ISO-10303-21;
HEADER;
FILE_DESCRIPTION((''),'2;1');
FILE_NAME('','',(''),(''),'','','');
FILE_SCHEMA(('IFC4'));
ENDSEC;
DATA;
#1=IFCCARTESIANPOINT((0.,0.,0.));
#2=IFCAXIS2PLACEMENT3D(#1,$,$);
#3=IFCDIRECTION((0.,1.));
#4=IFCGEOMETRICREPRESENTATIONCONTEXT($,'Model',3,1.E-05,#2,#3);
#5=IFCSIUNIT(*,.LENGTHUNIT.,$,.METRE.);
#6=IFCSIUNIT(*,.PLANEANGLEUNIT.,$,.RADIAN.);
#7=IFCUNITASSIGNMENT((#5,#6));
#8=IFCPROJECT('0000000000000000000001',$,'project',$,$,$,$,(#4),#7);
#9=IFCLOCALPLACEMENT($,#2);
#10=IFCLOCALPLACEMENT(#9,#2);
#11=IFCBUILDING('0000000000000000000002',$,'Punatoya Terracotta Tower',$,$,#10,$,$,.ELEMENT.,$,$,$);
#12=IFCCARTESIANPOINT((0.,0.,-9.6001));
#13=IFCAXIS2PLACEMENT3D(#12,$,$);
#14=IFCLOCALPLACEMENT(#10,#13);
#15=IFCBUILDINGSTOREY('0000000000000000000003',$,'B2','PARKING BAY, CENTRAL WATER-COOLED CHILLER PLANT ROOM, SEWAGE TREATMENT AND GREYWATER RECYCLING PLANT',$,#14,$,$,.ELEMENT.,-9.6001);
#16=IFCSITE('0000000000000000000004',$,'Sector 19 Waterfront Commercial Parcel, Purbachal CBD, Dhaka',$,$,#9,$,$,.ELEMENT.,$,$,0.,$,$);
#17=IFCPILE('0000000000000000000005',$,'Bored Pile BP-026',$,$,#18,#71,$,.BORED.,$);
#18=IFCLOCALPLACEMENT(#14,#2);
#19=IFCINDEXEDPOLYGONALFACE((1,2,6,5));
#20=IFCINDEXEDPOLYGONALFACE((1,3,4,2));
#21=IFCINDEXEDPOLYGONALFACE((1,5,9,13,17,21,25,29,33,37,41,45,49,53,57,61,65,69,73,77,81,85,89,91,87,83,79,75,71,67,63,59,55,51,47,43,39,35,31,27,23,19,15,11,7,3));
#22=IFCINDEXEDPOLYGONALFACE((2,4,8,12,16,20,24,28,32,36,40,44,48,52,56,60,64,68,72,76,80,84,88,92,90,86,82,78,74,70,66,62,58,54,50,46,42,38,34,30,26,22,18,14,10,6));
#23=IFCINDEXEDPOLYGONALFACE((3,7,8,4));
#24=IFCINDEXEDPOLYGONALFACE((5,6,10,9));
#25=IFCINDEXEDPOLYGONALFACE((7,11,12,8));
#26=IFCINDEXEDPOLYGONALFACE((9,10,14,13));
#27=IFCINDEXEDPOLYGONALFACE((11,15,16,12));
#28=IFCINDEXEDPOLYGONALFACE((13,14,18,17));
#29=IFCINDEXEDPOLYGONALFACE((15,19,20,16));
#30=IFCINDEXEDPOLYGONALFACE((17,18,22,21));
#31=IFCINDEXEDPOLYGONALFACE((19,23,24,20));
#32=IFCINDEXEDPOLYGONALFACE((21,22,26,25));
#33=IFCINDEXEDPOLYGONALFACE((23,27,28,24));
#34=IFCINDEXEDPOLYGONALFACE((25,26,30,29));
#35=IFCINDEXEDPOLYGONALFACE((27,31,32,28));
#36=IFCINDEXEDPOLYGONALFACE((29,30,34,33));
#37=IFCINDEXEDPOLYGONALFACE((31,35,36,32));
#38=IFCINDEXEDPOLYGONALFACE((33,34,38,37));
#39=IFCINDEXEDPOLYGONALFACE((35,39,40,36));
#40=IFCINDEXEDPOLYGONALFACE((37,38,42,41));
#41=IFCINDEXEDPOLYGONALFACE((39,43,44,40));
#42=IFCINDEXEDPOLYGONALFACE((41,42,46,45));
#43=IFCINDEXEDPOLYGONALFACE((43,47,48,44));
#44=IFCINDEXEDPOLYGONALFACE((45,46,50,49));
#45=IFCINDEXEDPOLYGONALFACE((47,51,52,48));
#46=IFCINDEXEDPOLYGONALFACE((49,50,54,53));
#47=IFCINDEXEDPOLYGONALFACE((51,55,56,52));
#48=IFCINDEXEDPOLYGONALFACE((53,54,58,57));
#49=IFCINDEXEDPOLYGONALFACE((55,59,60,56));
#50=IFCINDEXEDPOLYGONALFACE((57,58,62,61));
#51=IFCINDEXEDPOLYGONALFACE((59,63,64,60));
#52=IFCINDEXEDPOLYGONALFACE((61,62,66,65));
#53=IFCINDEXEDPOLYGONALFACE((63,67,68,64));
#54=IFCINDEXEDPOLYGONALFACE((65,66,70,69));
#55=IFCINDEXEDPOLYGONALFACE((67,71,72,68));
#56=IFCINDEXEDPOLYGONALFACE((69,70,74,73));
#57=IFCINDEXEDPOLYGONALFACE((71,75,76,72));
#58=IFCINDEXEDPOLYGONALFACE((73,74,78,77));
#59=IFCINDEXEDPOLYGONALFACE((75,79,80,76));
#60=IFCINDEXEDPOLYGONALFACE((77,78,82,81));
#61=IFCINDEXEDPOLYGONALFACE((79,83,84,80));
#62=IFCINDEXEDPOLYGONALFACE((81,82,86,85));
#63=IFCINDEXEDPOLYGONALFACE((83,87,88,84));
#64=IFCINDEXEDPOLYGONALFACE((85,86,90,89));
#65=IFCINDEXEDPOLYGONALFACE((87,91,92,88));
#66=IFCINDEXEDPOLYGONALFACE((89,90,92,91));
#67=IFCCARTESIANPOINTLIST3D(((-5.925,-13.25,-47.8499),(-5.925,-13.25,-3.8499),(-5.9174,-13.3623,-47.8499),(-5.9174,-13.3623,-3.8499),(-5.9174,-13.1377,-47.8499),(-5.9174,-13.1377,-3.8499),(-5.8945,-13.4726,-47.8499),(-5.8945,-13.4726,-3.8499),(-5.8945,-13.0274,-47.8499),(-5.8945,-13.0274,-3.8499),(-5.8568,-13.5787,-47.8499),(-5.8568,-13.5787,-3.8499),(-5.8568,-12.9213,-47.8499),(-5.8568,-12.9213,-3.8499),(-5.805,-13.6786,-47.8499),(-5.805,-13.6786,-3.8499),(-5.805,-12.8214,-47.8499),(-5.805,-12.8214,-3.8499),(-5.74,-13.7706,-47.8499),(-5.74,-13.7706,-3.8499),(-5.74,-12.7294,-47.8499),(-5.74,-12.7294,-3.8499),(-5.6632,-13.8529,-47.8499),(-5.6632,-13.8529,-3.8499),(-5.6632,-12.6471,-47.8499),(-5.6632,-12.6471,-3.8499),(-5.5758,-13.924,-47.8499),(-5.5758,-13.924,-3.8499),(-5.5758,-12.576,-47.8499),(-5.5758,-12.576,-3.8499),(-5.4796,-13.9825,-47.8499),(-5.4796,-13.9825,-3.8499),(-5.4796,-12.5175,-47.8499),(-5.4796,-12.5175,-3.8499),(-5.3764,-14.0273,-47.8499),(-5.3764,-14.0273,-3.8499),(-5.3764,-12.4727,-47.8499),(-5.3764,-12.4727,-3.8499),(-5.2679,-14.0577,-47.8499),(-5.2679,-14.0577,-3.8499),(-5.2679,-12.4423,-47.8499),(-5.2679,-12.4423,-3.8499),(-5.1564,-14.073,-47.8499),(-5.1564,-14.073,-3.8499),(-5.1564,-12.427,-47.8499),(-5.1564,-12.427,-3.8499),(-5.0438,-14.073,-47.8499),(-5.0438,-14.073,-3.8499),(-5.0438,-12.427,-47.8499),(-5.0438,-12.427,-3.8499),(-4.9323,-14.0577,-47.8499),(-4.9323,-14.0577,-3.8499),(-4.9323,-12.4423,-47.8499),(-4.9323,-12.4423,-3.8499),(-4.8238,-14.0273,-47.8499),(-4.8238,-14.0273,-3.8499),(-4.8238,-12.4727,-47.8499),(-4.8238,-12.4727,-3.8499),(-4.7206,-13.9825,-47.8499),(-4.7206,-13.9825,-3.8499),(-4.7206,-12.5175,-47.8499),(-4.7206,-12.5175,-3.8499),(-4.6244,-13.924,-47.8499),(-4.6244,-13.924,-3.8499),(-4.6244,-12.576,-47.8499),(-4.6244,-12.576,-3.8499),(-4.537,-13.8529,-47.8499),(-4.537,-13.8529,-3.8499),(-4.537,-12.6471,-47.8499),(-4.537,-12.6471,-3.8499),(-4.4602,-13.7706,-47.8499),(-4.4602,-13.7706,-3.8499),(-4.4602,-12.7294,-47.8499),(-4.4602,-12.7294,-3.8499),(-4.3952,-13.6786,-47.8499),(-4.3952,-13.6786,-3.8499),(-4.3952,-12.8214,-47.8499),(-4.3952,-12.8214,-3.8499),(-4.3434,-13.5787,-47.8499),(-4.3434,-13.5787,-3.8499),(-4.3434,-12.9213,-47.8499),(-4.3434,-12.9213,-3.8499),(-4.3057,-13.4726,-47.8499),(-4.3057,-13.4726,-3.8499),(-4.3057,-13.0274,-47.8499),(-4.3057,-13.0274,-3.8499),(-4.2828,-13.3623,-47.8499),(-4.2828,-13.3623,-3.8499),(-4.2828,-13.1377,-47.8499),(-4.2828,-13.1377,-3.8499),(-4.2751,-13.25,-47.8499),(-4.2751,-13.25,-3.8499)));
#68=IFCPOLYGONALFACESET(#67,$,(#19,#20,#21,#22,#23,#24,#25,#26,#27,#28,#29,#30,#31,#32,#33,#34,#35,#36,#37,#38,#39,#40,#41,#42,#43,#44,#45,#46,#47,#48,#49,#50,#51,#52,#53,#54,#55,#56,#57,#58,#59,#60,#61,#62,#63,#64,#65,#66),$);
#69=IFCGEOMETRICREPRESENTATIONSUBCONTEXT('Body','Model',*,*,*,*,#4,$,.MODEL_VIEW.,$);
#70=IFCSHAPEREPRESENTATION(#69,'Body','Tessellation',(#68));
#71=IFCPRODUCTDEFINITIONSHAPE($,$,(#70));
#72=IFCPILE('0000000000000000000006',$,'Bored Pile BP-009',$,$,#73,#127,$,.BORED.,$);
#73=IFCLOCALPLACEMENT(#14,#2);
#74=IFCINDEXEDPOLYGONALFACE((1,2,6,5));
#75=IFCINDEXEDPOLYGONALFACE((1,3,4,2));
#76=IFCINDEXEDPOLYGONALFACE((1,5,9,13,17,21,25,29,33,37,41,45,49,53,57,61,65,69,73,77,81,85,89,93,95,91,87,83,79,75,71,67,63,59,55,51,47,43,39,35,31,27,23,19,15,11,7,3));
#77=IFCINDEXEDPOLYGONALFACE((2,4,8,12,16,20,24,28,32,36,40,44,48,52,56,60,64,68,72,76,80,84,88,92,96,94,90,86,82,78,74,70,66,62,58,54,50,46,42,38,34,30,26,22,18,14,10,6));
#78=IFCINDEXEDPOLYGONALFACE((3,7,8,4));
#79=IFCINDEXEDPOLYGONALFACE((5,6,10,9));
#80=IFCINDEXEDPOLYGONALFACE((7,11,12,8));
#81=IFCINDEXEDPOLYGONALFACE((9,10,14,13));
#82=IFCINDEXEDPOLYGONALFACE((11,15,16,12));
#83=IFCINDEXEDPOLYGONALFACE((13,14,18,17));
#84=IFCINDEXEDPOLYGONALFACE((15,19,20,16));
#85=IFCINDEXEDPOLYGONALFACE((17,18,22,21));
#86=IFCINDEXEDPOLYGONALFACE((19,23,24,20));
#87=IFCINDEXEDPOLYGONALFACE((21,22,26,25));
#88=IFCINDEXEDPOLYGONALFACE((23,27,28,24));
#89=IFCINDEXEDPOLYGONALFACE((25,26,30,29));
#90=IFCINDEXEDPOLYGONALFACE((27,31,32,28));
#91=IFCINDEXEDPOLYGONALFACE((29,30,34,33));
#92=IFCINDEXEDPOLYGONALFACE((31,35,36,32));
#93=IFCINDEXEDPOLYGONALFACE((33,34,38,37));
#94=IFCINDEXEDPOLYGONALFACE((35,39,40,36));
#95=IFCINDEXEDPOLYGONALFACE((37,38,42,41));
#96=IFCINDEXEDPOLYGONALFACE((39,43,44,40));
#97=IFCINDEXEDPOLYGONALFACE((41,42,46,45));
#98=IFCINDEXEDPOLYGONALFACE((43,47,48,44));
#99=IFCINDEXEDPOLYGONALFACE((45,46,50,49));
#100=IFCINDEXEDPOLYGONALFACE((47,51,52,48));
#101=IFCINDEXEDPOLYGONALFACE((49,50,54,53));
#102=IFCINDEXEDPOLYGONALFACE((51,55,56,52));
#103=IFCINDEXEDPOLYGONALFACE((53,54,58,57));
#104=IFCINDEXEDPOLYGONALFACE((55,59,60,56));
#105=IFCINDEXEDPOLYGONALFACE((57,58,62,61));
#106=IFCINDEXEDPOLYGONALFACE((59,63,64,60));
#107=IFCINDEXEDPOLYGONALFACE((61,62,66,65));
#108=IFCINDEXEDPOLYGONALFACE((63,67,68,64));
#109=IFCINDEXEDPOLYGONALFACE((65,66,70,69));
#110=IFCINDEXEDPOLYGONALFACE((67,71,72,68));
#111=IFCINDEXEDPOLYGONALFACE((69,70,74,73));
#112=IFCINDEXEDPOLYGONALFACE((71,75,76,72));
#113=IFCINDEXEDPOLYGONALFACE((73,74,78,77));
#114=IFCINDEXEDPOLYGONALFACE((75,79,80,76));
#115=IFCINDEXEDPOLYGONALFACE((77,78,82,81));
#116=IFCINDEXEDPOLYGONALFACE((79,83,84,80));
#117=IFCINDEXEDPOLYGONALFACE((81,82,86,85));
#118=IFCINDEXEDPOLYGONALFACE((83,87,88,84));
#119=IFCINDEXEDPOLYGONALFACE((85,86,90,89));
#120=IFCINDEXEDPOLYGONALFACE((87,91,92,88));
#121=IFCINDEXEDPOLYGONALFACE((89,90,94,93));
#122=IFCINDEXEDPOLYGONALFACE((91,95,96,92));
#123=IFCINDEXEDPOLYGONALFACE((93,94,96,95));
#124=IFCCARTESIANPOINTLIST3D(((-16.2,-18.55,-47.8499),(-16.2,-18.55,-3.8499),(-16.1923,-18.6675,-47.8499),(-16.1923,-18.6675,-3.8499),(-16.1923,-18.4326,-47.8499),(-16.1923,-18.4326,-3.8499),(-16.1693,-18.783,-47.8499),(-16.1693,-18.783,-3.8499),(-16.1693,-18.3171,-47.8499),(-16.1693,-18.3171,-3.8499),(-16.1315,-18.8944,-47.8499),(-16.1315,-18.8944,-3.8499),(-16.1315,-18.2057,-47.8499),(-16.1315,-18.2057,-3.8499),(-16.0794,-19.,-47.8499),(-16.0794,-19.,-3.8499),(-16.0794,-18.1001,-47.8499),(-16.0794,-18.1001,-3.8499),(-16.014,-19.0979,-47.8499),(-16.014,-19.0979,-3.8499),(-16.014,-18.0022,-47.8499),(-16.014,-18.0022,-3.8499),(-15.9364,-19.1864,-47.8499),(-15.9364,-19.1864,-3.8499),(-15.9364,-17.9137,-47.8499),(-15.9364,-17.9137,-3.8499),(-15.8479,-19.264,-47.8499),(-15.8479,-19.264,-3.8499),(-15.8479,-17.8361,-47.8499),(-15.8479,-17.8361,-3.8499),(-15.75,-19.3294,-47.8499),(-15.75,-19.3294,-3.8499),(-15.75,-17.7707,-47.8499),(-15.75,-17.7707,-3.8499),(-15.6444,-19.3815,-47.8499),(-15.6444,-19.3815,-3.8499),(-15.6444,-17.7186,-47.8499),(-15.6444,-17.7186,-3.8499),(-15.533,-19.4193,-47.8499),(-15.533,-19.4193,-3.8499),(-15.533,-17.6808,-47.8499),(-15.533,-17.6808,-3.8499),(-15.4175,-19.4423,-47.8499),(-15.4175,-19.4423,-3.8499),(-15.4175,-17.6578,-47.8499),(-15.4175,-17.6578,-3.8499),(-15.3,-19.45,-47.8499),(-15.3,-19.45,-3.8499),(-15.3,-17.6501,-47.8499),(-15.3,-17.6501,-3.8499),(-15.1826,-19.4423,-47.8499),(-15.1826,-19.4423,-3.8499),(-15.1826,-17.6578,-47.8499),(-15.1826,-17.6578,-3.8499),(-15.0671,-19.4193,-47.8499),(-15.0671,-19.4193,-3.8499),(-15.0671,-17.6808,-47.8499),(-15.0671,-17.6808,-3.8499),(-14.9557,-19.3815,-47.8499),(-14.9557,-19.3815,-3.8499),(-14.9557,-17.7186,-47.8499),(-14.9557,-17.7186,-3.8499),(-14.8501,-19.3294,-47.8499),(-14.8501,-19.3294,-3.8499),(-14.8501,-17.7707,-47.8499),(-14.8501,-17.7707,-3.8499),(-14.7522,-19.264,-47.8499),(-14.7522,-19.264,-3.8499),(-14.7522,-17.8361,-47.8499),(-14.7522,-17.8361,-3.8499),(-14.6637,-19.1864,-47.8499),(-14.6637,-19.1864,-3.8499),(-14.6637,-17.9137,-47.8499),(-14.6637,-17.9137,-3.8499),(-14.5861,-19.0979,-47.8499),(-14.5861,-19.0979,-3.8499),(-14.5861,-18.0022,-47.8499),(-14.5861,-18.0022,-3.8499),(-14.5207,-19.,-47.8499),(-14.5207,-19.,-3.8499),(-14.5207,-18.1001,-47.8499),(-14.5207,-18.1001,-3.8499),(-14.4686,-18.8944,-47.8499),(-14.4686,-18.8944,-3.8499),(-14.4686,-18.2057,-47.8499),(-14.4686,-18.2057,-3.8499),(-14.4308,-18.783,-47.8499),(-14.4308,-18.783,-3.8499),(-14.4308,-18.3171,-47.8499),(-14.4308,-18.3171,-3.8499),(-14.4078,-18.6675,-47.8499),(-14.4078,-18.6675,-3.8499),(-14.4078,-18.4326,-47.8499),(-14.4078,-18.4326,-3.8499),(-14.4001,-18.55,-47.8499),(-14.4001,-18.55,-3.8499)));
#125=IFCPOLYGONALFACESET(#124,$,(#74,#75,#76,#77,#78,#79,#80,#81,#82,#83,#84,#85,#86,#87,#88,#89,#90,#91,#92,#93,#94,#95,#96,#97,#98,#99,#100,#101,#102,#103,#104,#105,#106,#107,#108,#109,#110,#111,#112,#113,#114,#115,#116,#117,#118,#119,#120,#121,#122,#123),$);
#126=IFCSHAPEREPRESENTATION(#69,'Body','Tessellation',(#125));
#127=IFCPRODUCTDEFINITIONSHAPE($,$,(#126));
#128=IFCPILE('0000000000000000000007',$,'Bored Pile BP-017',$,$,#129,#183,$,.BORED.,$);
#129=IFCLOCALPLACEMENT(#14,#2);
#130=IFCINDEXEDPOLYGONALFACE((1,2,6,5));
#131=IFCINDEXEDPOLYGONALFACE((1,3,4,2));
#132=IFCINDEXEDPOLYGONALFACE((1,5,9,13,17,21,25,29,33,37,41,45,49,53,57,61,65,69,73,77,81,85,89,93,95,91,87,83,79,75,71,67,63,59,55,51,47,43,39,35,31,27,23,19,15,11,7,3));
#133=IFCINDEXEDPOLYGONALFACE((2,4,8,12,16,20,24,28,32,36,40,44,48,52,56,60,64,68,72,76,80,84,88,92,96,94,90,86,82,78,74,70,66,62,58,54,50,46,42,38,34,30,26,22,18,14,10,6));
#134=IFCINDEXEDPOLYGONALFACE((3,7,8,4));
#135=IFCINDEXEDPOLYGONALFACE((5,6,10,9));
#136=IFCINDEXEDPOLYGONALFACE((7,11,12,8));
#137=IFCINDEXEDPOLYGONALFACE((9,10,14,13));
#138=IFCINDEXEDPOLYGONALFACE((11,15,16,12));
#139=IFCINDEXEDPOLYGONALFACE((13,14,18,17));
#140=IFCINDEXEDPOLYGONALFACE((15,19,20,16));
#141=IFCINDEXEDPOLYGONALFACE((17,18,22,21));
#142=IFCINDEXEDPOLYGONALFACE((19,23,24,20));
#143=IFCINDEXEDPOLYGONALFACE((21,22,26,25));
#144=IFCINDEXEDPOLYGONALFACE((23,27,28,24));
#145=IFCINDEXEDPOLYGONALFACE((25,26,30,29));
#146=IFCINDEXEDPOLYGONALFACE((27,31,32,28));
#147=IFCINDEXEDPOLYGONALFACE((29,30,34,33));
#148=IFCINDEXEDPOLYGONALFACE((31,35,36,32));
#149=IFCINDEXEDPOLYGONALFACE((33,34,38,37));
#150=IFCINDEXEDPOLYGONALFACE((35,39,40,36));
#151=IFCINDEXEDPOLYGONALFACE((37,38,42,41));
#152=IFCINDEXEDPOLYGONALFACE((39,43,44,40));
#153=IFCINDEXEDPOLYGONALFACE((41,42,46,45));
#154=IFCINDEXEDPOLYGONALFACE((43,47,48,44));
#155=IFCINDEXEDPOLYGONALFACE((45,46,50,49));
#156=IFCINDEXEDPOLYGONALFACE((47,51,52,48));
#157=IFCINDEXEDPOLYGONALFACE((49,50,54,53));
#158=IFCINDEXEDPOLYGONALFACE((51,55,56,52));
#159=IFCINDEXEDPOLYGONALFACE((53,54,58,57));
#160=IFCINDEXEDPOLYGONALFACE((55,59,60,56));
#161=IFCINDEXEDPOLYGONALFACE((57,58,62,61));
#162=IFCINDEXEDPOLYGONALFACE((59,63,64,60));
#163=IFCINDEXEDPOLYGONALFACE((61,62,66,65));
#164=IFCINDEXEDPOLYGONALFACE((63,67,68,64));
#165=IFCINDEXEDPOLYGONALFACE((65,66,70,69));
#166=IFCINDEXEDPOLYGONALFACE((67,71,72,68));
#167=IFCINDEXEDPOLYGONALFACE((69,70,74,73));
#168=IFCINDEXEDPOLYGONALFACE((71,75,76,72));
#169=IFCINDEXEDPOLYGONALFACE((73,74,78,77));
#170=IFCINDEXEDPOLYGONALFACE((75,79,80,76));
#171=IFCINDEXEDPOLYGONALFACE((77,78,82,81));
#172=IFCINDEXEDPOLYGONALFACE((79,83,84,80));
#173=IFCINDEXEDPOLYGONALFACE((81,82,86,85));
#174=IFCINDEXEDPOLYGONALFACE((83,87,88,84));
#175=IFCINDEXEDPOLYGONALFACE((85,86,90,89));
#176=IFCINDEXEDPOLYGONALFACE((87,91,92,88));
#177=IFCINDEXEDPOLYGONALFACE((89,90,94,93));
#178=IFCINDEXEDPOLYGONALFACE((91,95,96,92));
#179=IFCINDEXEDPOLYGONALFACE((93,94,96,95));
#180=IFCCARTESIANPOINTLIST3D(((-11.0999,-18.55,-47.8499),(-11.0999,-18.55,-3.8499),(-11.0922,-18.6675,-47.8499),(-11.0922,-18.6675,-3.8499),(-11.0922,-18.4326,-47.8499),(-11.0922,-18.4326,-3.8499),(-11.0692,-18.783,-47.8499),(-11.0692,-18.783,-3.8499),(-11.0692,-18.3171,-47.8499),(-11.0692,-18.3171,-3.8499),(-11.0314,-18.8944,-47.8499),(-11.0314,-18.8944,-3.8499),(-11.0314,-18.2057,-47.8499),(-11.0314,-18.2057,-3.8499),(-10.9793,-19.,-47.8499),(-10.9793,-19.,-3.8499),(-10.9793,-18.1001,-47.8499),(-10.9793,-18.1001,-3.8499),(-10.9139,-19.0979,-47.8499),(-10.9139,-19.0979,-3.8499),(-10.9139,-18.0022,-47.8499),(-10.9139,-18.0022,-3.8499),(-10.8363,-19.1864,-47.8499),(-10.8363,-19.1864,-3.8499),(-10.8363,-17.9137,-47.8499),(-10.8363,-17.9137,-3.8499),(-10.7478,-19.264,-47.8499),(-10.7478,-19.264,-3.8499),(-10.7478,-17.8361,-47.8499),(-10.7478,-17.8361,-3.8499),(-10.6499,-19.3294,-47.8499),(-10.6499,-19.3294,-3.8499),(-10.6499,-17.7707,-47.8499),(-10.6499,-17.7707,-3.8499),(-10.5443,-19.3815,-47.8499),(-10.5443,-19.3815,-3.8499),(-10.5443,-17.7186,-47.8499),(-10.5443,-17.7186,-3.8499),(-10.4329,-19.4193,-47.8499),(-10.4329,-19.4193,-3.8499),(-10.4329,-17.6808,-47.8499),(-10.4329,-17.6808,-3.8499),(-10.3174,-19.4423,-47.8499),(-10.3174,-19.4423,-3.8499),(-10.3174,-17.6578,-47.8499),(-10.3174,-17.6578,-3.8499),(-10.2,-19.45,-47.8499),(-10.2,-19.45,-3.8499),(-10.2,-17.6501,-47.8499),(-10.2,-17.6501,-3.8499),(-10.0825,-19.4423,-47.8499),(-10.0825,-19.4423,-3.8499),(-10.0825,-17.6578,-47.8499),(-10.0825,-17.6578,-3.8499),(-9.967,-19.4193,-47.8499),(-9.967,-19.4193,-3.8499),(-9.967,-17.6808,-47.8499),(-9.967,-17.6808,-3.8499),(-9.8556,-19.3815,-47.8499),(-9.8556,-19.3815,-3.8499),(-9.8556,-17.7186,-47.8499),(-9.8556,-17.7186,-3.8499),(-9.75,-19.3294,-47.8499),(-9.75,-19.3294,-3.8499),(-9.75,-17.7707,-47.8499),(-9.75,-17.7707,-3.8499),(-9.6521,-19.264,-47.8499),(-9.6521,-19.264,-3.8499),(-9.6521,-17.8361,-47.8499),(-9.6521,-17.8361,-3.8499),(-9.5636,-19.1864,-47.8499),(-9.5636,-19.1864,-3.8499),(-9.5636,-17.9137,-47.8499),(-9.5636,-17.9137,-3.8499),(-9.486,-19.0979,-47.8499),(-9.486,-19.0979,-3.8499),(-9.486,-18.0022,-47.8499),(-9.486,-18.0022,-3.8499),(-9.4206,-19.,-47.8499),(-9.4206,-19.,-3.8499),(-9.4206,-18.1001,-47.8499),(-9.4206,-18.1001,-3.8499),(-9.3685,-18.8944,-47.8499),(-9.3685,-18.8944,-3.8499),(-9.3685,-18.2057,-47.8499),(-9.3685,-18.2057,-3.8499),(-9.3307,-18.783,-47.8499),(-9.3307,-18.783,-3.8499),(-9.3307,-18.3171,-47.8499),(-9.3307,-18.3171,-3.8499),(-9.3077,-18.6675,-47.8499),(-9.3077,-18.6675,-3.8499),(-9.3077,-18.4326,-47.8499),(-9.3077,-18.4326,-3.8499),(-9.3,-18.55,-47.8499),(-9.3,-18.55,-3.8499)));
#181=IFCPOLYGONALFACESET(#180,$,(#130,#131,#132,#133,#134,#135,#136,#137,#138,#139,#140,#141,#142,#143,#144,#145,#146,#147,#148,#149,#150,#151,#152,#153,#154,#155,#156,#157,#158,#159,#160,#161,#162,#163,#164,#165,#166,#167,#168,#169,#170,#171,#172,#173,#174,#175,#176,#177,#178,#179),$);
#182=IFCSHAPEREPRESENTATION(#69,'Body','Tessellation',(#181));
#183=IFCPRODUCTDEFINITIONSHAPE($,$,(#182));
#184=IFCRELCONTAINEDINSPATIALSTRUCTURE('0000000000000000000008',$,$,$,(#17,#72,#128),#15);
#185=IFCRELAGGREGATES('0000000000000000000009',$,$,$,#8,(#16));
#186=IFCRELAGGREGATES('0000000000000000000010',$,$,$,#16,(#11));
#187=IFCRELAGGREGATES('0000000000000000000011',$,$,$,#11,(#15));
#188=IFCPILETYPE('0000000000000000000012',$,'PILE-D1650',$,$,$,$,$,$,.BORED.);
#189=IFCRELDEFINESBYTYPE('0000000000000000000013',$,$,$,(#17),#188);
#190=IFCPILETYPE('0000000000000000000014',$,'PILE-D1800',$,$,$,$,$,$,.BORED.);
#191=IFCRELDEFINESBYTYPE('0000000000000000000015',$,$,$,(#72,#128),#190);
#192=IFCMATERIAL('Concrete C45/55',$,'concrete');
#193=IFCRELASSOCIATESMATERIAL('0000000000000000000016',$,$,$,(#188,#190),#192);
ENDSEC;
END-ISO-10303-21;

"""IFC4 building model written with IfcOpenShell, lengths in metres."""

from ifc_helpers import new_model, si_unit, direction, frame, origin, origin_2d, place, context, subcontext, project, spatial, circle, extrude, material, material_profile, profile_set, type_object, element, save


model = new_model("IFC4")

# Units and contexts
model_context = context("Model", 3, precision=1e-05, world=origin(), true_north=direction((0.0, 1.0)))
body_context = subcontext(model_context, "Body", "Model", "MODEL_VIEW")
ifc_project = project(units=[si_unit("LENGTHUNIT", "METRE"), si_unit("PLANEANGLEUNIT", "RADIAN")], contexts=[model_context])

# Site, building, storey
site_placement = place(None, origin())
site = spatial("IfcSite", under=ifc_project, at=site_placement, Name="Sector 19 Waterfront Commercial Parcel, Purbachal CBD, Dhaka", CompositionType="ELEMENT", RefElevation=0.0)
building_placement = place(site_placement, origin())
building = spatial("IfcBuilding", under=site, at=building_placement, Name="Punatoya Terracotta Tower", CompositionType="ELEMENT")
storey_placement = place(building_placement, frame((0.0, 0.0, -9.6001)))
storey = spatial("IfcBuildingStorey", under=building, at=storey_placement, Name="B2", Description="PARKING BAY, CENTRAL WATER-COOLED CHILLER PLANT ROOM, SEWAGE TREATMENT AND GREYWATER RECYCLING PLANT", CompositionType="ELEMENT", Elevation=-9.6001)

# Shared definitions
ifc_material_1 = material(Name="Concrete C45/55", Category="concrete")

# Piles
ifc_material_profile_1 = material_profile(ifc_material_1, circle(Radius=0.825, at=origin_2d()))
ifc_profile_set_1 = profile_set([ifc_material_profile_1], Name="Concrete C45/55")
pile_type_1 = type_object("IfcPileType", Name="PILE-D1650", PredefinedType="BORED", material=ifc_profile_set_1)
for number, where, z_axis, x_axis, name in (
    (1, (-5.1001, -13.25, -3.8499), (0.0, 0.0, -1.0), (1.0, 0.0, 0.0), "Bored Pile BP-026"),
):
    element("IfcPile", number, at=place(storey_placement, frame(where, z_axis=z_axis, x_axis=x_axis)), inside=storey, type_object=pile_type_1, Name=name, PredefinedType="BORED", context=body_context, shape_type="SweptSolid", body=[
        extrude(circle(Radius=0.825, at=origin_2d()), origin(), (0.0, 0.0, 1.0), 44.0),
    ])
ifc_material_profile_2 = material_profile(ifc_material_1, circle(Radius=0.8999, at=origin_2d()))
ifc_profile_set_2 = profile_set([ifc_material_profile_2], Name="Concrete C45/55")
pile_type_2 = type_object("IfcPileType", Name="PILE-D1800", PredefinedType="BORED", material=ifc_profile_set_2)
for number, where, z_axis, x_axis, name in (
    (2, (-15.3, -18.55, -3.8499), (0.0, 0.0, -1.0), (1.0, 0.0, 0.0), "Bored Pile BP-009"),
    (3, (-10.2, -18.55, -3.8499), (0.0, 0.0, -1.0), (1.0, 0.0, 0.0), "Bored Pile BP-017"),
):
    element("IfcPile", number, at=place(storey_placement, frame(where, z_axis=z_axis, x_axis=x_axis)), inside=storey, type_object=pile_type_2, Name=name, PredefinedType="BORED", context=body_context, shape_type="SweptSolid", body=[
        extrude(circle(Radius=0.8999, at=origin_2d()), origin(), (0.0, 0.0, 1.0), 44.0),
    ])

save(model, "model.ifc")
